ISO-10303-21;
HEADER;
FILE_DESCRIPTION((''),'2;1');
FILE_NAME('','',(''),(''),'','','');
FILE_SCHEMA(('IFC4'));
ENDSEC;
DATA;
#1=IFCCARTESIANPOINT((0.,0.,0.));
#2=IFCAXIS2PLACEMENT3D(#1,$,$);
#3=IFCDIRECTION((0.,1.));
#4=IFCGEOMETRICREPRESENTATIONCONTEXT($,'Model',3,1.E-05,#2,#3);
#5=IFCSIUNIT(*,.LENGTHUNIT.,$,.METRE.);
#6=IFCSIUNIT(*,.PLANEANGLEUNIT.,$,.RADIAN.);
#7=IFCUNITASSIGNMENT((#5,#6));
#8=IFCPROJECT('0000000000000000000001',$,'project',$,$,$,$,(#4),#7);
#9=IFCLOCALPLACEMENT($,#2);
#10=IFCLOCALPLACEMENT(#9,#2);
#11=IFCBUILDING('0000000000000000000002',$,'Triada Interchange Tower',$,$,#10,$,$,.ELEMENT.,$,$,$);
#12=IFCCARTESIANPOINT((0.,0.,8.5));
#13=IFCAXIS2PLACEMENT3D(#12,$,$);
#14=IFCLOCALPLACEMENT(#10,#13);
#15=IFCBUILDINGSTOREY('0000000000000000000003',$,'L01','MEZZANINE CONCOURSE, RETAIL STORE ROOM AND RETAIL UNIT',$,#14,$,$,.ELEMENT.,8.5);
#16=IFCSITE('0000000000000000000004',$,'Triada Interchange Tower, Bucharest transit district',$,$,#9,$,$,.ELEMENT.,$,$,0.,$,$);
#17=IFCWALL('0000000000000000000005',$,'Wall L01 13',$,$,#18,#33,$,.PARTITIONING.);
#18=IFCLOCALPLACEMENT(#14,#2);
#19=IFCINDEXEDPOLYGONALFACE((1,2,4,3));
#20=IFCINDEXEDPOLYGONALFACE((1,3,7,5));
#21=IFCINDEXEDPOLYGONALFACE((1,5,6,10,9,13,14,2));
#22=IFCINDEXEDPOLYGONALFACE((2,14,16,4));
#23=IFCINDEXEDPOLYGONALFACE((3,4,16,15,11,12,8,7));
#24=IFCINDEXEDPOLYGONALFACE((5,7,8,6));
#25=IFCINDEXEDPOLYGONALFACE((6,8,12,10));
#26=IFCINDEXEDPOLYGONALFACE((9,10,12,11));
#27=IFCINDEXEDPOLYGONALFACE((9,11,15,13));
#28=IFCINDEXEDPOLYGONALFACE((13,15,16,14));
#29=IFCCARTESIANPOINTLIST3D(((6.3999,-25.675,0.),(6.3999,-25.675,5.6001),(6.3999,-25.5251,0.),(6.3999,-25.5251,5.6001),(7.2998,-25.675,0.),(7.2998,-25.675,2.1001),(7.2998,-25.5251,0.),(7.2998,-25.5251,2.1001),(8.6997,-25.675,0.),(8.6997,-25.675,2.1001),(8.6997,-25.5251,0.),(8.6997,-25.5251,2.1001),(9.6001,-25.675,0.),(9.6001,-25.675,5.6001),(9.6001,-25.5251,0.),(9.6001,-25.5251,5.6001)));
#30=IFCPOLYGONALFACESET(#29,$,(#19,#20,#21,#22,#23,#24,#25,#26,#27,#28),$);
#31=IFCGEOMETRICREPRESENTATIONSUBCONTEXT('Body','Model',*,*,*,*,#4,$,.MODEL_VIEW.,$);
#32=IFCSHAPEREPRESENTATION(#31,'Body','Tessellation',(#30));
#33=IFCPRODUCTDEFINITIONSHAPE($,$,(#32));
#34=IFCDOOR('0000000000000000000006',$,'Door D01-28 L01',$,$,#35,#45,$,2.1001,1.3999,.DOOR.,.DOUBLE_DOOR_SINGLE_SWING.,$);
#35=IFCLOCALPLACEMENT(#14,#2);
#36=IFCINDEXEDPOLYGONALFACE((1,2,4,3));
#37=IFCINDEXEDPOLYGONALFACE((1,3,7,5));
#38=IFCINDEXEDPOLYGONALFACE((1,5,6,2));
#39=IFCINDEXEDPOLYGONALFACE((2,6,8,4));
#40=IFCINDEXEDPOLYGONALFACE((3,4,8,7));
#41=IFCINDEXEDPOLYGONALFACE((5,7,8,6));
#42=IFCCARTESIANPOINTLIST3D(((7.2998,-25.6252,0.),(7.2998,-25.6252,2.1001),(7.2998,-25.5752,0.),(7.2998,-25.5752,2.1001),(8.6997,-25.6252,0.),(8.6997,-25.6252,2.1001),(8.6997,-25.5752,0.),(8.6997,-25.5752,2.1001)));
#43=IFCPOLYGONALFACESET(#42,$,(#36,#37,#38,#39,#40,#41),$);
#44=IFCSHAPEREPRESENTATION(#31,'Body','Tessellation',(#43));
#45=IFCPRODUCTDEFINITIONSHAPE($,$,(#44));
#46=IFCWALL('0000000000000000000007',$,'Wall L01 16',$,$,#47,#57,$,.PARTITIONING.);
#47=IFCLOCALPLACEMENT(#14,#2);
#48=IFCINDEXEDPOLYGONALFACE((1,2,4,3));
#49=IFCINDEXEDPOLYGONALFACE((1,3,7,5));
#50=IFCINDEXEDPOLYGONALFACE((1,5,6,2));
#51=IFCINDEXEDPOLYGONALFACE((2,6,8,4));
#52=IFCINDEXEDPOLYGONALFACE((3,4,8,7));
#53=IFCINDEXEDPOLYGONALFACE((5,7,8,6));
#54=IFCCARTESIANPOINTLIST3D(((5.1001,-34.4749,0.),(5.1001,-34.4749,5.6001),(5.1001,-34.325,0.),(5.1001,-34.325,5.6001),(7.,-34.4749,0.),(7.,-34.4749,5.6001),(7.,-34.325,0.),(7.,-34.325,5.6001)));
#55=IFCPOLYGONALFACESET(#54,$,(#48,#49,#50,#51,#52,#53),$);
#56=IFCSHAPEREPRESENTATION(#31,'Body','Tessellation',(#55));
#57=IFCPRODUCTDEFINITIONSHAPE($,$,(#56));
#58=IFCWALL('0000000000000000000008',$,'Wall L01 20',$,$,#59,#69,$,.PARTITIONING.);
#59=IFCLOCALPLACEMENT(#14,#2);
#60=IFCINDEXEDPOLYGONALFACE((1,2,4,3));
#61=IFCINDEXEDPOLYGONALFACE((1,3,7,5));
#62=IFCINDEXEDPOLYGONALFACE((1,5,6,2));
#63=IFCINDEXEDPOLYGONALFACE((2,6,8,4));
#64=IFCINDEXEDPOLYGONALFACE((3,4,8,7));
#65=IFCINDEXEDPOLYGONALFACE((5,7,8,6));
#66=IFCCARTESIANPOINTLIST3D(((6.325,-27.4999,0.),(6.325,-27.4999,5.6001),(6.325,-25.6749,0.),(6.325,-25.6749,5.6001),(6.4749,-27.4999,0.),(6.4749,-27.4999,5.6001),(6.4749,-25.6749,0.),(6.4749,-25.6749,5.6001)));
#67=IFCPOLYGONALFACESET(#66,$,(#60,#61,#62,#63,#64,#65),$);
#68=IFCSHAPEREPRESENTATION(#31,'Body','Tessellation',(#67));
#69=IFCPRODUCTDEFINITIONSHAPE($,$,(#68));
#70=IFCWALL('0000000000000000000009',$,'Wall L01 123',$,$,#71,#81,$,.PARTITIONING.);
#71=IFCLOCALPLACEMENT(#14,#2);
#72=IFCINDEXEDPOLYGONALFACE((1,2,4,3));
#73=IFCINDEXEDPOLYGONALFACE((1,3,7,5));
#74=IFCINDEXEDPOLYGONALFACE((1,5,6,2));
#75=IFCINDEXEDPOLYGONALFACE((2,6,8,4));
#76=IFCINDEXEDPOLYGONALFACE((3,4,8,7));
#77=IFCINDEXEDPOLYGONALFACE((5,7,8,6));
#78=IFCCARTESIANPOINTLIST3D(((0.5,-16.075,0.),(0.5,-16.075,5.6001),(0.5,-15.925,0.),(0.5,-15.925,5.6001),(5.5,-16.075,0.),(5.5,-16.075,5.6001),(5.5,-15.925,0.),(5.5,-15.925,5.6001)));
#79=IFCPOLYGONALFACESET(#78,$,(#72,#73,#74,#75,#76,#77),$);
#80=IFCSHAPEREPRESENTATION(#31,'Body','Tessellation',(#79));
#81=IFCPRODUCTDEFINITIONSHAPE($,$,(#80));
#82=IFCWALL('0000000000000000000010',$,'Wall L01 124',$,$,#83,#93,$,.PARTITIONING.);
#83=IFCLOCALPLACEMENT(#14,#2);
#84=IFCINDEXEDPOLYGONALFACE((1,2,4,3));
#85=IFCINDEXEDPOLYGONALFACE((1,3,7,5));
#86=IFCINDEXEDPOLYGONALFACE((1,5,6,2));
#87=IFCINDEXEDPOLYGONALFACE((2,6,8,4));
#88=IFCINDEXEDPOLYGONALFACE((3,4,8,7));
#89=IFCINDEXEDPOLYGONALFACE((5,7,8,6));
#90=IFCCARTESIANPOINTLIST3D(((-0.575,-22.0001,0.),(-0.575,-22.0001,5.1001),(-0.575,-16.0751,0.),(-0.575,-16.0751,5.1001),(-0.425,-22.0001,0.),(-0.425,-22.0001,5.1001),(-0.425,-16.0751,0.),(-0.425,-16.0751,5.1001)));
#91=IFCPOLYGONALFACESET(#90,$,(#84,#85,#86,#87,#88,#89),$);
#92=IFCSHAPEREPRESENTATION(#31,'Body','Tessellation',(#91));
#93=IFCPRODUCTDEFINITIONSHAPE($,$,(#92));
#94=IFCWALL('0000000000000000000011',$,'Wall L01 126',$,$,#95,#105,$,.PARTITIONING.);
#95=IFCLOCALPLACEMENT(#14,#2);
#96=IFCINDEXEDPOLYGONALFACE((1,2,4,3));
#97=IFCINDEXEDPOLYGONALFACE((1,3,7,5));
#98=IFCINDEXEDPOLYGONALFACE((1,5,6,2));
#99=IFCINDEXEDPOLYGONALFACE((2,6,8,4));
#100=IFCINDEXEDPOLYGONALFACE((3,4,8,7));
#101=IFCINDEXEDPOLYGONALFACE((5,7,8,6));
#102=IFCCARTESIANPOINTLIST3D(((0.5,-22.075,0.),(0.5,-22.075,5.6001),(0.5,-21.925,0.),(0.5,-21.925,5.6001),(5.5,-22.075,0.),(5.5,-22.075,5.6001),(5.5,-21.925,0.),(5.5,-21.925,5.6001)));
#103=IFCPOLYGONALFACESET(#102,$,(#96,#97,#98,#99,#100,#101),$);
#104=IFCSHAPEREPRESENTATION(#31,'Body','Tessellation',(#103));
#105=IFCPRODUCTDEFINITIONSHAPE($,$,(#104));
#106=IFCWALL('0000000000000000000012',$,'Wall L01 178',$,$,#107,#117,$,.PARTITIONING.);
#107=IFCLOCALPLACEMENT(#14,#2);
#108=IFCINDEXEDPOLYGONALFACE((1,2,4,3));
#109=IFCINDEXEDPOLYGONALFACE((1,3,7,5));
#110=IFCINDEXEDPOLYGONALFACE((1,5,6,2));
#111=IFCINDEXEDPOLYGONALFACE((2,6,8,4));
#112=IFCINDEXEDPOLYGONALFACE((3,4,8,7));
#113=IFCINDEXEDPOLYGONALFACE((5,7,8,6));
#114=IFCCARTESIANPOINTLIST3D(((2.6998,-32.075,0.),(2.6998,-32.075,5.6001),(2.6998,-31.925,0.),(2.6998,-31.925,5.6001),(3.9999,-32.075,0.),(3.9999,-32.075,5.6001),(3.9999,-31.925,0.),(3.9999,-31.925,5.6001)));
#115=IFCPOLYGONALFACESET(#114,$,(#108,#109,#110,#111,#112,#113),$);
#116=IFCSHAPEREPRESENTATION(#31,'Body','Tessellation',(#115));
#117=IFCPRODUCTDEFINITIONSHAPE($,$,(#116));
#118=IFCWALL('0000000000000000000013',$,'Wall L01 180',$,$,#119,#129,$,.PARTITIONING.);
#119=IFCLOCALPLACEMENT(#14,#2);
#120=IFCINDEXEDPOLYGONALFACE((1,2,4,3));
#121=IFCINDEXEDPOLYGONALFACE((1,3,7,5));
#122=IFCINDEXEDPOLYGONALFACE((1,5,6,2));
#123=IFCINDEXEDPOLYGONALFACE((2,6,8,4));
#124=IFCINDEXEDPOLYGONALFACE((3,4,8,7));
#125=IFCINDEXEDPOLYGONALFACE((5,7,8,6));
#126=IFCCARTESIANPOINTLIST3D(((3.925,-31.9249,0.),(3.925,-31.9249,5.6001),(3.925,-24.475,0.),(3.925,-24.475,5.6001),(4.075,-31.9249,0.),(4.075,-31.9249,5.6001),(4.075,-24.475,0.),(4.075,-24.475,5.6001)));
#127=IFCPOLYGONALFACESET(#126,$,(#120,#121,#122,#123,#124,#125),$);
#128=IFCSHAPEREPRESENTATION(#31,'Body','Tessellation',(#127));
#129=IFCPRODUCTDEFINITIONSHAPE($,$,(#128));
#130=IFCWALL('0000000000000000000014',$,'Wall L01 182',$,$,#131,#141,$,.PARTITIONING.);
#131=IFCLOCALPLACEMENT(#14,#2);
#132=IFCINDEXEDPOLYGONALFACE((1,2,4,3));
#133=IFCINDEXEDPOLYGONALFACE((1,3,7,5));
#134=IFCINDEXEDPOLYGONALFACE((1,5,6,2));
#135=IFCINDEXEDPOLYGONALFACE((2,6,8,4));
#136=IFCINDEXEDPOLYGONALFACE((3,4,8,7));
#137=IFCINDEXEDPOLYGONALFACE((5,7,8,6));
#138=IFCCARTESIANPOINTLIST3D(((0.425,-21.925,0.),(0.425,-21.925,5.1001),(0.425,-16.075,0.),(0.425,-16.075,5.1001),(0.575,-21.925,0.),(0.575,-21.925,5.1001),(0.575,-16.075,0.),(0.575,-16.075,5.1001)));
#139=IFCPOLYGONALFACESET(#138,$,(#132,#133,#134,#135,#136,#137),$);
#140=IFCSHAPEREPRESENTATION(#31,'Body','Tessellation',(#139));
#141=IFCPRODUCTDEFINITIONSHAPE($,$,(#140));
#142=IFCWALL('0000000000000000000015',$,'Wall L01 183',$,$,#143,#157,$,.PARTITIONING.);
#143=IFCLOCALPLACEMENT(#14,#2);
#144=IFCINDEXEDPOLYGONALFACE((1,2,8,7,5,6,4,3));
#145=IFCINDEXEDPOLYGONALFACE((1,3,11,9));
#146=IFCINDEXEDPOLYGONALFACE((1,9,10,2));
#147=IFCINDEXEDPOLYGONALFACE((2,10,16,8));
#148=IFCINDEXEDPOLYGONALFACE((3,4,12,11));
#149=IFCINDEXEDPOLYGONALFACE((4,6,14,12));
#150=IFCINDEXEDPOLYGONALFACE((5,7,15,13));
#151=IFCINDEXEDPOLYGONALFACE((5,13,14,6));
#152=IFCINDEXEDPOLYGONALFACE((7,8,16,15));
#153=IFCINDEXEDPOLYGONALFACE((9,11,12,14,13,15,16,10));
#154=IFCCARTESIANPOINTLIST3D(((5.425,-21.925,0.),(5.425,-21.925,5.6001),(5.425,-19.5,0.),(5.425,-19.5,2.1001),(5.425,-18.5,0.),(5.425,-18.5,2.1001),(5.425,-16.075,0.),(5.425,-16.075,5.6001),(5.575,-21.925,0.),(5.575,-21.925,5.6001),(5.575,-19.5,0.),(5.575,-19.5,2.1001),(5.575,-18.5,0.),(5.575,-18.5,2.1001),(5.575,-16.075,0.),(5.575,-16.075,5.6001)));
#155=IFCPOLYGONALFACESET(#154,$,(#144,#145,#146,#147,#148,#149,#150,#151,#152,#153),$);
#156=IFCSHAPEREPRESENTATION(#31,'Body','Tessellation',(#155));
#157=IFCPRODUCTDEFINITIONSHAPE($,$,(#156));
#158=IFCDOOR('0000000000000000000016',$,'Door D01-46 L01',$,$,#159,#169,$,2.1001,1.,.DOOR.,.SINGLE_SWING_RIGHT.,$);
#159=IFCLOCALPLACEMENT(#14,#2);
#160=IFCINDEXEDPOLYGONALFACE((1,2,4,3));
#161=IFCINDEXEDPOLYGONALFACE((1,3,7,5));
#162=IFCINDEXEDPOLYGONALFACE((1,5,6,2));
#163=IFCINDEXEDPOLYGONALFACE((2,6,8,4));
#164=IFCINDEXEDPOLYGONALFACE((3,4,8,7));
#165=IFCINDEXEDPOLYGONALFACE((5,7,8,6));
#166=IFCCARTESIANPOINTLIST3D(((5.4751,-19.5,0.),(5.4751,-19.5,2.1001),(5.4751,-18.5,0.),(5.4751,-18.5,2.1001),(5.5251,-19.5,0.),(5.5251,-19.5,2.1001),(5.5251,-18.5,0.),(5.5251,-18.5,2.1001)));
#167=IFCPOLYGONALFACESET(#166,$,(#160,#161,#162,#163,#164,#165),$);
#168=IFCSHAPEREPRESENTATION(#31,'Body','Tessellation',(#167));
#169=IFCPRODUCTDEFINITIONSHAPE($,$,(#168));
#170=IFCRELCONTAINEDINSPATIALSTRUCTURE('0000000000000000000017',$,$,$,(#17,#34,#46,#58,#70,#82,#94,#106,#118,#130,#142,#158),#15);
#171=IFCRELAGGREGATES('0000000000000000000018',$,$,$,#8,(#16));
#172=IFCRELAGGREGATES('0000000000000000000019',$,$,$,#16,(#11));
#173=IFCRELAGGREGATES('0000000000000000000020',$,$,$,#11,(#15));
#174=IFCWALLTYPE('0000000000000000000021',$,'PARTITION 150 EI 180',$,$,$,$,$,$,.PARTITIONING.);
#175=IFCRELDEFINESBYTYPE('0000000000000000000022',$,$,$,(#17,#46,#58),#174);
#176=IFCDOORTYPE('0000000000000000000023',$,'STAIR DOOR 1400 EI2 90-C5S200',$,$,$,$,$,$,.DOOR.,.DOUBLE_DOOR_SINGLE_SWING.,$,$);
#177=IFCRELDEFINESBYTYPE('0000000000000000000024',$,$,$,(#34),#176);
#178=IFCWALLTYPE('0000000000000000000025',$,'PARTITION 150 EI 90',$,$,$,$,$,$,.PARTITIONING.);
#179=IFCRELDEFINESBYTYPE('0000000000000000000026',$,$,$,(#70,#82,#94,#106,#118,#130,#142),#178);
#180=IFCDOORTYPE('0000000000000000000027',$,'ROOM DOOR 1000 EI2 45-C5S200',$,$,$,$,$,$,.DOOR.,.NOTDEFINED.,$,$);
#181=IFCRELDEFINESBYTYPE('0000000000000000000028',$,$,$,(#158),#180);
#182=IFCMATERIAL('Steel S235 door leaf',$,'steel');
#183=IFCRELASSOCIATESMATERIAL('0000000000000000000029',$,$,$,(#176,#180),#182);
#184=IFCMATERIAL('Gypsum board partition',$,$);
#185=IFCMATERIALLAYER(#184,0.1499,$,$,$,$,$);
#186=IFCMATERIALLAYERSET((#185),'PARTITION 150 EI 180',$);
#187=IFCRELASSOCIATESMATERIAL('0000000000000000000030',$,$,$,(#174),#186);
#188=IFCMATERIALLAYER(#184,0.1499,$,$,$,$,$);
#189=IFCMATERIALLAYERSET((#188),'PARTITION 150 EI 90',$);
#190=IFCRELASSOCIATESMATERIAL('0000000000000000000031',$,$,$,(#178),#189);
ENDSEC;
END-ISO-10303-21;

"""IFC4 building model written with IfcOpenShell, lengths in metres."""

from ifc_helpers import new_model, si_unit, direction, frame, frame_2d, origin, place, context, subcontext, project, spatial, rectangle, extrude, material, layer, layer_set, type_object, element, fill, save


model = new_model("IFC4")

# Units and contexts
model_context = context("Model", 3, precision=1e-05, world=origin(), true_north=direction((0.0, 1.0)))
body_context = subcontext(model_context, "Body", "Model", "MODEL_VIEW")
ifc_project = project(units=[si_unit("LENGTHUNIT", "METRE"), si_unit("PLANEANGLEUNIT", "RADIAN")], contexts=[model_context])

# Site, building, storey
site_placement = place(None, origin())
site = spatial("IfcSite", under=ifc_project, at=site_placement, Name="Triada Interchange Tower, Bucharest transit district", CompositionType="ELEMENT", RefElevation=0.0)
building_placement = place(site_placement, origin())
building = spatial("IfcBuilding", under=site, at=building_placement, Name="Triada Interchange Tower", CompositionType="ELEMENT")
storey_placement = place(building_placement, frame((0.0, 0.0, 8.5)))
storey = spatial("IfcBuildingStorey", under=building, at=storey_placement, Name="L01", Description="MEZZANINE CONCOURSE, RETAIL STORE ROOM AND RETAIL UNIT", CompositionType="ELEMENT", Elevation=8.5)

# Shared definitions
ifc_material_1 = material(Name="Steel S235 door leaf", Category="steel")
door_type_1 = type_object("IfcDoorType", Name="STAIR DOOR 1400 EI2 90-C5S200", OperationType="DOUBLE_DOOR_SINGLE_SWING", PredefinedType="DOOR", material=ifc_material_1)

# Wall, opening, door
ifc_material_2 = material(Name="Gypsum board partition")
ifc_layer_1 = layer(ifc_material_2, 0.1499)
ifc_layer_set_1 = layer_set([ifc_layer_1], Name="PARTITION 150 EI 180")
wall_type_1 = type_object("IfcWallType", Name="PARTITION 150 EI 180", PredefinedType="PARTITIONING", material=ifc_layer_set_1)
wall_1_placement = place(storey_placement, frame((6.3999, -25.6001, 0.0), z_axis=(0.0, 0.0, 1.0), x_axis=(1.0, 0.0, 0.0)))
wall_1 = element("IfcWall", 1, at=wall_1_placement, inside=storey, type_object=wall_type_1, Name="Wall L01 13", PredefinedType="PARTITIONING", context=body_context, shape_type="SweptSolid", body=[
    extrude(rectangle(XDim=3.2002, YDim=0.1499, at=frame_2d((1.6001, 0.0))), origin(), (0.0, 0.0, 1.0), 5.6001),
])
opening_1_placement = place(wall_1_placement, frame((0.8999, 0.0, 0.0)))
opening_1 = element("IfcOpeningElement", 2, at=opening_1_placement, cuts=wall_1, PredefinedType="OPENING", context=body_context, shape_type="SweptSolid", body=[
    extrude(rectangle(XDim=1.3999, YDim=2.1001, at=frame_2d((0.7, 1.05))), frame((0.0, 0.085, 0.0), z_axis=(0.0, -1.0, 0.0), x_axis=(1.0, 0.0, 0.0)), (0.0, 0.0, 1.0), 0.1699),
])
door_1_placement = place(opening_1_placement, origin())
door_1 = element("IfcDoor", 3, at=door_1_placement, inside=storey, type_object=door_type_1, Name="Door D01-28 L01", OperationType="DOUBLE_DOOR_SINGLE_SWING", OverallHeight=2.1001, OverallWidth=1.3999, PredefinedType="DOOR", context=body_context, shape_type="SweptSolid", body=[
    extrude(rectangle(XDim=1.3999, YDim=2.1001, at=frame_2d((0.7, 1.05))), frame((0.0, 0.0249, 0.0), z_axis=(0.0, -1.0, 0.0), x_axis=(1.0, 0.0, 0.0)), (0.0, 0.0, 1.0), 0.05),
])
fill(opening_1, door_1)

# Walls
wall_2_placement = place(storey_placement, frame((5.1001, -34.3999, 0.0), z_axis=(0.0, 0.0, 1.0), x_axis=(1.0, 0.0, 0.0)))
element("IfcWall", 4, at=wall_2_placement, inside=storey, type_object=wall_type_1, Name="Wall L01 16", PredefinedType="PARTITIONING", context=body_context, shape_type="SweptSolid", body=[
    extrude(rectangle(XDim=1.8999, YDim=0.1499, at=frame_2d((0.95, 0.0))), origin(), (0.0, 0.0, 1.0), 5.6001),
])
wall_3_placement = place(storey_placement, frame((6.3999, -27.5, 0.0), z_axis=(0.0, 0.0, 1.0), x_axis=(0.0, 1.0, 0.0)))
element("IfcWall", 5, at=wall_3_placement, inside=storey, type_object=wall_type_1, Name="Wall L01 20", PredefinedType="PARTITIONING", context=body_context, shape_type="SweptSolid", body=[
    extrude(rectangle(XDim=1.825, YDim=0.1499, at=frame_2d((0.9126, 0.0))), origin(), (0.0, 0.0, 1.0), 5.6001),
])
ifc_layer_2 = layer(ifc_material_2, 0.1499)
ifc_layer_set_2 = layer_set([ifc_layer_2], Name="PARTITION 150 EI 90")
wall_type_2 = type_object("IfcWallType", Name="PARTITION 150 EI 90", PredefinedType="PARTITIONING", material=ifc_layer_set_2)
wall_4_placement = place(storey_placement, frame((0.5, -16.0, 0.0), z_axis=(0.0, 0.0, 1.0), x_axis=(1.0, 0.0, 0.0)))
element("IfcWall", 6, at=wall_4_placement, inside=storey, type_object=wall_type_2, Name="Wall L01 123", PredefinedType="PARTITIONING", context=body_context, shape_type="SweptSolid", body=[
    extrude(rectangle(XDim=5.0, YDim=0.1499, at=frame_2d((2.5, 0.0))), origin(), (0.0, 0.0, 1.0), 5.6001),
])
wall_5_placement = place(storey_placement, frame((-0.5, -22.0, 0.0), z_axis=(0.0, 0.0, 1.0), x_axis=(0.0, 1.0, 0.0)))
element("IfcWall", 7, at=wall_5_placement, inside=storey, type_object=wall_type_2, Name="Wall L01 124", PredefinedType="PARTITIONING", context=body_context, shape_type="SweptSolid", body=[
    extrude(rectangle(XDim=5.925, YDim=0.1499, at=frame_2d((2.9624, 0.0))), origin(), (0.0, 0.0, 1.0), 5.1001),
])
wall_6_placement = place(storey_placement, frame((0.5, -22.0, 0.0), z_axis=(0.0, 0.0, 1.0), x_axis=(1.0, 0.0, 0.0)))
element("IfcWall", 8, at=wall_6_placement, inside=storey, type_object=wall_type_2, Name="Wall L01 126", PredefinedType="PARTITIONING", context=body_context, shape_type="SweptSolid", body=[
    extrude(rectangle(XDim=5.0, YDim=0.1499, at=frame_2d((2.5, 0.0))), origin(), (0.0, 0.0, 1.0), 5.6001),
])
wall_7_placement = place(storey_placement, frame((2.7, -32.0, 0.0), z_axis=(0.0, 0.0, 1.0), x_axis=(1.0, 0.0, 0.0)))
element("IfcWall", 9, at=wall_7_placement, inside=storey, type_object=wall_type_2, Name="Wall L01 178", PredefinedType="PARTITIONING", context=body_context, shape_type="SweptSolid", body=[
    extrude(rectangle(XDim=1.3, YDim=0.1499, at=frame_2d((0.6499, 0.0))), origin(), (0.0, 0.0, 1.0), 5.6001),
])
wall_8_placement = place(storey_placement, frame((4.0, -31.925, 0.0), z_axis=(0.0, 0.0, 1.0), x_axis=(0.0, 1.0, 0.0)))
element("IfcWall", 10, at=wall_8_placement, inside=storey, type_object=wall_type_2, Name="Wall L01 180", PredefinedType="PARTITIONING", context=body_context, shape_type="SweptSolid", body=[
    extrude(rectangle(XDim=7.45, YDim=0.1499, at=frame_2d((3.7251, 0.0))), origin(), (0.0, 0.0, 1.0), 5.6001),
])
wall_9_placement = place(storey_placement, frame((0.5, -21.925, 0.0), z_axis=(0.0, 0.0, 1.0), x_axis=(0.0, 1.0, 0.0)))
element("IfcWall", 11, at=wall_9_placement, inside=storey, type_object=wall_type_2, Name="Wall L01 182", PredefinedType="PARTITIONING", context=body_context, shape_type="SweptSolid", body=[
    extrude(rectangle(XDim=5.8501, YDim=0.1499, at=frame_2d((2.925, 0.0))), origin(), (0.0, 0.0, 1.0), 5.1001),
])

# Wall, opening, door
wall_10_placement = place(storey_placement, frame((5.5, -21.925, 0.0), z_axis=(0.0, 0.0, 1.0), x_axis=(0.0, 1.0, 0.0)))
wall_10 = element("IfcWall", 12, at=wall_10_placement, inside=storey, type_object=wall_type_2, Name="Wall L01 183", PredefinedType="PARTITIONING", context=body_context, shape_type="SweptSolid", body=[
    extrude(rectangle(XDim=5.8501, YDim=0.1499, at=frame_2d((2.925, 0.0))), origin(), (0.0, 0.0, 1.0), 5.6001),
])
opening_2_placement = place(wall_10_placement, frame((2.425, 0.0, 0.0)))
opening_2 = element("IfcOpeningElement", 13, at=opening_2_placement, cuts=wall_10, PredefinedType="OPENING", context=body_context, shape_type="SweptSolid", body=[
    extrude(rectangle(XDim=1.0, YDim=2.1001, at=frame_2d((0.5, 1.05))), frame((0.0, 0.085, 0.0), z_axis=(0.0, -1.0, 0.0), x_axis=(1.0, 0.0, 0.0)), (0.0, 0.0, 1.0), 0.1699),
])
door_type_2 = type_object("IfcDoorType", Name="ROOM DOOR 1000 EI2 45-C5S200", OperationType="NOTDEFINED", PredefinedType="DOOR", material=ifc_material_1)
door_2_placement = place(opening_2_placement, origin())
door_2 = element("IfcDoor", 14, at=door_2_placement, inside=storey, type_object=door_type_2, Name="Door D01-46 L01", OperationType="SINGLE_SWING_RIGHT", OverallHeight=2.1001, OverallWidth=1.0, PredefinedType="DOOR", context=body_context, shape_type="SweptSolid", body=[
    extrude(rectangle(XDim=1.0, YDim=2.1001, at=frame_2d((0.5, 1.05))), frame((0.0, 0.0249, 0.0), z_axis=(0.0, -1.0, 0.0), x_axis=(1.0, 0.0, 0.0)), (0.0, 0.0, 1.0), 0.05),
])
fill(opening_2, door_2)

save(model, "model.ifc")
